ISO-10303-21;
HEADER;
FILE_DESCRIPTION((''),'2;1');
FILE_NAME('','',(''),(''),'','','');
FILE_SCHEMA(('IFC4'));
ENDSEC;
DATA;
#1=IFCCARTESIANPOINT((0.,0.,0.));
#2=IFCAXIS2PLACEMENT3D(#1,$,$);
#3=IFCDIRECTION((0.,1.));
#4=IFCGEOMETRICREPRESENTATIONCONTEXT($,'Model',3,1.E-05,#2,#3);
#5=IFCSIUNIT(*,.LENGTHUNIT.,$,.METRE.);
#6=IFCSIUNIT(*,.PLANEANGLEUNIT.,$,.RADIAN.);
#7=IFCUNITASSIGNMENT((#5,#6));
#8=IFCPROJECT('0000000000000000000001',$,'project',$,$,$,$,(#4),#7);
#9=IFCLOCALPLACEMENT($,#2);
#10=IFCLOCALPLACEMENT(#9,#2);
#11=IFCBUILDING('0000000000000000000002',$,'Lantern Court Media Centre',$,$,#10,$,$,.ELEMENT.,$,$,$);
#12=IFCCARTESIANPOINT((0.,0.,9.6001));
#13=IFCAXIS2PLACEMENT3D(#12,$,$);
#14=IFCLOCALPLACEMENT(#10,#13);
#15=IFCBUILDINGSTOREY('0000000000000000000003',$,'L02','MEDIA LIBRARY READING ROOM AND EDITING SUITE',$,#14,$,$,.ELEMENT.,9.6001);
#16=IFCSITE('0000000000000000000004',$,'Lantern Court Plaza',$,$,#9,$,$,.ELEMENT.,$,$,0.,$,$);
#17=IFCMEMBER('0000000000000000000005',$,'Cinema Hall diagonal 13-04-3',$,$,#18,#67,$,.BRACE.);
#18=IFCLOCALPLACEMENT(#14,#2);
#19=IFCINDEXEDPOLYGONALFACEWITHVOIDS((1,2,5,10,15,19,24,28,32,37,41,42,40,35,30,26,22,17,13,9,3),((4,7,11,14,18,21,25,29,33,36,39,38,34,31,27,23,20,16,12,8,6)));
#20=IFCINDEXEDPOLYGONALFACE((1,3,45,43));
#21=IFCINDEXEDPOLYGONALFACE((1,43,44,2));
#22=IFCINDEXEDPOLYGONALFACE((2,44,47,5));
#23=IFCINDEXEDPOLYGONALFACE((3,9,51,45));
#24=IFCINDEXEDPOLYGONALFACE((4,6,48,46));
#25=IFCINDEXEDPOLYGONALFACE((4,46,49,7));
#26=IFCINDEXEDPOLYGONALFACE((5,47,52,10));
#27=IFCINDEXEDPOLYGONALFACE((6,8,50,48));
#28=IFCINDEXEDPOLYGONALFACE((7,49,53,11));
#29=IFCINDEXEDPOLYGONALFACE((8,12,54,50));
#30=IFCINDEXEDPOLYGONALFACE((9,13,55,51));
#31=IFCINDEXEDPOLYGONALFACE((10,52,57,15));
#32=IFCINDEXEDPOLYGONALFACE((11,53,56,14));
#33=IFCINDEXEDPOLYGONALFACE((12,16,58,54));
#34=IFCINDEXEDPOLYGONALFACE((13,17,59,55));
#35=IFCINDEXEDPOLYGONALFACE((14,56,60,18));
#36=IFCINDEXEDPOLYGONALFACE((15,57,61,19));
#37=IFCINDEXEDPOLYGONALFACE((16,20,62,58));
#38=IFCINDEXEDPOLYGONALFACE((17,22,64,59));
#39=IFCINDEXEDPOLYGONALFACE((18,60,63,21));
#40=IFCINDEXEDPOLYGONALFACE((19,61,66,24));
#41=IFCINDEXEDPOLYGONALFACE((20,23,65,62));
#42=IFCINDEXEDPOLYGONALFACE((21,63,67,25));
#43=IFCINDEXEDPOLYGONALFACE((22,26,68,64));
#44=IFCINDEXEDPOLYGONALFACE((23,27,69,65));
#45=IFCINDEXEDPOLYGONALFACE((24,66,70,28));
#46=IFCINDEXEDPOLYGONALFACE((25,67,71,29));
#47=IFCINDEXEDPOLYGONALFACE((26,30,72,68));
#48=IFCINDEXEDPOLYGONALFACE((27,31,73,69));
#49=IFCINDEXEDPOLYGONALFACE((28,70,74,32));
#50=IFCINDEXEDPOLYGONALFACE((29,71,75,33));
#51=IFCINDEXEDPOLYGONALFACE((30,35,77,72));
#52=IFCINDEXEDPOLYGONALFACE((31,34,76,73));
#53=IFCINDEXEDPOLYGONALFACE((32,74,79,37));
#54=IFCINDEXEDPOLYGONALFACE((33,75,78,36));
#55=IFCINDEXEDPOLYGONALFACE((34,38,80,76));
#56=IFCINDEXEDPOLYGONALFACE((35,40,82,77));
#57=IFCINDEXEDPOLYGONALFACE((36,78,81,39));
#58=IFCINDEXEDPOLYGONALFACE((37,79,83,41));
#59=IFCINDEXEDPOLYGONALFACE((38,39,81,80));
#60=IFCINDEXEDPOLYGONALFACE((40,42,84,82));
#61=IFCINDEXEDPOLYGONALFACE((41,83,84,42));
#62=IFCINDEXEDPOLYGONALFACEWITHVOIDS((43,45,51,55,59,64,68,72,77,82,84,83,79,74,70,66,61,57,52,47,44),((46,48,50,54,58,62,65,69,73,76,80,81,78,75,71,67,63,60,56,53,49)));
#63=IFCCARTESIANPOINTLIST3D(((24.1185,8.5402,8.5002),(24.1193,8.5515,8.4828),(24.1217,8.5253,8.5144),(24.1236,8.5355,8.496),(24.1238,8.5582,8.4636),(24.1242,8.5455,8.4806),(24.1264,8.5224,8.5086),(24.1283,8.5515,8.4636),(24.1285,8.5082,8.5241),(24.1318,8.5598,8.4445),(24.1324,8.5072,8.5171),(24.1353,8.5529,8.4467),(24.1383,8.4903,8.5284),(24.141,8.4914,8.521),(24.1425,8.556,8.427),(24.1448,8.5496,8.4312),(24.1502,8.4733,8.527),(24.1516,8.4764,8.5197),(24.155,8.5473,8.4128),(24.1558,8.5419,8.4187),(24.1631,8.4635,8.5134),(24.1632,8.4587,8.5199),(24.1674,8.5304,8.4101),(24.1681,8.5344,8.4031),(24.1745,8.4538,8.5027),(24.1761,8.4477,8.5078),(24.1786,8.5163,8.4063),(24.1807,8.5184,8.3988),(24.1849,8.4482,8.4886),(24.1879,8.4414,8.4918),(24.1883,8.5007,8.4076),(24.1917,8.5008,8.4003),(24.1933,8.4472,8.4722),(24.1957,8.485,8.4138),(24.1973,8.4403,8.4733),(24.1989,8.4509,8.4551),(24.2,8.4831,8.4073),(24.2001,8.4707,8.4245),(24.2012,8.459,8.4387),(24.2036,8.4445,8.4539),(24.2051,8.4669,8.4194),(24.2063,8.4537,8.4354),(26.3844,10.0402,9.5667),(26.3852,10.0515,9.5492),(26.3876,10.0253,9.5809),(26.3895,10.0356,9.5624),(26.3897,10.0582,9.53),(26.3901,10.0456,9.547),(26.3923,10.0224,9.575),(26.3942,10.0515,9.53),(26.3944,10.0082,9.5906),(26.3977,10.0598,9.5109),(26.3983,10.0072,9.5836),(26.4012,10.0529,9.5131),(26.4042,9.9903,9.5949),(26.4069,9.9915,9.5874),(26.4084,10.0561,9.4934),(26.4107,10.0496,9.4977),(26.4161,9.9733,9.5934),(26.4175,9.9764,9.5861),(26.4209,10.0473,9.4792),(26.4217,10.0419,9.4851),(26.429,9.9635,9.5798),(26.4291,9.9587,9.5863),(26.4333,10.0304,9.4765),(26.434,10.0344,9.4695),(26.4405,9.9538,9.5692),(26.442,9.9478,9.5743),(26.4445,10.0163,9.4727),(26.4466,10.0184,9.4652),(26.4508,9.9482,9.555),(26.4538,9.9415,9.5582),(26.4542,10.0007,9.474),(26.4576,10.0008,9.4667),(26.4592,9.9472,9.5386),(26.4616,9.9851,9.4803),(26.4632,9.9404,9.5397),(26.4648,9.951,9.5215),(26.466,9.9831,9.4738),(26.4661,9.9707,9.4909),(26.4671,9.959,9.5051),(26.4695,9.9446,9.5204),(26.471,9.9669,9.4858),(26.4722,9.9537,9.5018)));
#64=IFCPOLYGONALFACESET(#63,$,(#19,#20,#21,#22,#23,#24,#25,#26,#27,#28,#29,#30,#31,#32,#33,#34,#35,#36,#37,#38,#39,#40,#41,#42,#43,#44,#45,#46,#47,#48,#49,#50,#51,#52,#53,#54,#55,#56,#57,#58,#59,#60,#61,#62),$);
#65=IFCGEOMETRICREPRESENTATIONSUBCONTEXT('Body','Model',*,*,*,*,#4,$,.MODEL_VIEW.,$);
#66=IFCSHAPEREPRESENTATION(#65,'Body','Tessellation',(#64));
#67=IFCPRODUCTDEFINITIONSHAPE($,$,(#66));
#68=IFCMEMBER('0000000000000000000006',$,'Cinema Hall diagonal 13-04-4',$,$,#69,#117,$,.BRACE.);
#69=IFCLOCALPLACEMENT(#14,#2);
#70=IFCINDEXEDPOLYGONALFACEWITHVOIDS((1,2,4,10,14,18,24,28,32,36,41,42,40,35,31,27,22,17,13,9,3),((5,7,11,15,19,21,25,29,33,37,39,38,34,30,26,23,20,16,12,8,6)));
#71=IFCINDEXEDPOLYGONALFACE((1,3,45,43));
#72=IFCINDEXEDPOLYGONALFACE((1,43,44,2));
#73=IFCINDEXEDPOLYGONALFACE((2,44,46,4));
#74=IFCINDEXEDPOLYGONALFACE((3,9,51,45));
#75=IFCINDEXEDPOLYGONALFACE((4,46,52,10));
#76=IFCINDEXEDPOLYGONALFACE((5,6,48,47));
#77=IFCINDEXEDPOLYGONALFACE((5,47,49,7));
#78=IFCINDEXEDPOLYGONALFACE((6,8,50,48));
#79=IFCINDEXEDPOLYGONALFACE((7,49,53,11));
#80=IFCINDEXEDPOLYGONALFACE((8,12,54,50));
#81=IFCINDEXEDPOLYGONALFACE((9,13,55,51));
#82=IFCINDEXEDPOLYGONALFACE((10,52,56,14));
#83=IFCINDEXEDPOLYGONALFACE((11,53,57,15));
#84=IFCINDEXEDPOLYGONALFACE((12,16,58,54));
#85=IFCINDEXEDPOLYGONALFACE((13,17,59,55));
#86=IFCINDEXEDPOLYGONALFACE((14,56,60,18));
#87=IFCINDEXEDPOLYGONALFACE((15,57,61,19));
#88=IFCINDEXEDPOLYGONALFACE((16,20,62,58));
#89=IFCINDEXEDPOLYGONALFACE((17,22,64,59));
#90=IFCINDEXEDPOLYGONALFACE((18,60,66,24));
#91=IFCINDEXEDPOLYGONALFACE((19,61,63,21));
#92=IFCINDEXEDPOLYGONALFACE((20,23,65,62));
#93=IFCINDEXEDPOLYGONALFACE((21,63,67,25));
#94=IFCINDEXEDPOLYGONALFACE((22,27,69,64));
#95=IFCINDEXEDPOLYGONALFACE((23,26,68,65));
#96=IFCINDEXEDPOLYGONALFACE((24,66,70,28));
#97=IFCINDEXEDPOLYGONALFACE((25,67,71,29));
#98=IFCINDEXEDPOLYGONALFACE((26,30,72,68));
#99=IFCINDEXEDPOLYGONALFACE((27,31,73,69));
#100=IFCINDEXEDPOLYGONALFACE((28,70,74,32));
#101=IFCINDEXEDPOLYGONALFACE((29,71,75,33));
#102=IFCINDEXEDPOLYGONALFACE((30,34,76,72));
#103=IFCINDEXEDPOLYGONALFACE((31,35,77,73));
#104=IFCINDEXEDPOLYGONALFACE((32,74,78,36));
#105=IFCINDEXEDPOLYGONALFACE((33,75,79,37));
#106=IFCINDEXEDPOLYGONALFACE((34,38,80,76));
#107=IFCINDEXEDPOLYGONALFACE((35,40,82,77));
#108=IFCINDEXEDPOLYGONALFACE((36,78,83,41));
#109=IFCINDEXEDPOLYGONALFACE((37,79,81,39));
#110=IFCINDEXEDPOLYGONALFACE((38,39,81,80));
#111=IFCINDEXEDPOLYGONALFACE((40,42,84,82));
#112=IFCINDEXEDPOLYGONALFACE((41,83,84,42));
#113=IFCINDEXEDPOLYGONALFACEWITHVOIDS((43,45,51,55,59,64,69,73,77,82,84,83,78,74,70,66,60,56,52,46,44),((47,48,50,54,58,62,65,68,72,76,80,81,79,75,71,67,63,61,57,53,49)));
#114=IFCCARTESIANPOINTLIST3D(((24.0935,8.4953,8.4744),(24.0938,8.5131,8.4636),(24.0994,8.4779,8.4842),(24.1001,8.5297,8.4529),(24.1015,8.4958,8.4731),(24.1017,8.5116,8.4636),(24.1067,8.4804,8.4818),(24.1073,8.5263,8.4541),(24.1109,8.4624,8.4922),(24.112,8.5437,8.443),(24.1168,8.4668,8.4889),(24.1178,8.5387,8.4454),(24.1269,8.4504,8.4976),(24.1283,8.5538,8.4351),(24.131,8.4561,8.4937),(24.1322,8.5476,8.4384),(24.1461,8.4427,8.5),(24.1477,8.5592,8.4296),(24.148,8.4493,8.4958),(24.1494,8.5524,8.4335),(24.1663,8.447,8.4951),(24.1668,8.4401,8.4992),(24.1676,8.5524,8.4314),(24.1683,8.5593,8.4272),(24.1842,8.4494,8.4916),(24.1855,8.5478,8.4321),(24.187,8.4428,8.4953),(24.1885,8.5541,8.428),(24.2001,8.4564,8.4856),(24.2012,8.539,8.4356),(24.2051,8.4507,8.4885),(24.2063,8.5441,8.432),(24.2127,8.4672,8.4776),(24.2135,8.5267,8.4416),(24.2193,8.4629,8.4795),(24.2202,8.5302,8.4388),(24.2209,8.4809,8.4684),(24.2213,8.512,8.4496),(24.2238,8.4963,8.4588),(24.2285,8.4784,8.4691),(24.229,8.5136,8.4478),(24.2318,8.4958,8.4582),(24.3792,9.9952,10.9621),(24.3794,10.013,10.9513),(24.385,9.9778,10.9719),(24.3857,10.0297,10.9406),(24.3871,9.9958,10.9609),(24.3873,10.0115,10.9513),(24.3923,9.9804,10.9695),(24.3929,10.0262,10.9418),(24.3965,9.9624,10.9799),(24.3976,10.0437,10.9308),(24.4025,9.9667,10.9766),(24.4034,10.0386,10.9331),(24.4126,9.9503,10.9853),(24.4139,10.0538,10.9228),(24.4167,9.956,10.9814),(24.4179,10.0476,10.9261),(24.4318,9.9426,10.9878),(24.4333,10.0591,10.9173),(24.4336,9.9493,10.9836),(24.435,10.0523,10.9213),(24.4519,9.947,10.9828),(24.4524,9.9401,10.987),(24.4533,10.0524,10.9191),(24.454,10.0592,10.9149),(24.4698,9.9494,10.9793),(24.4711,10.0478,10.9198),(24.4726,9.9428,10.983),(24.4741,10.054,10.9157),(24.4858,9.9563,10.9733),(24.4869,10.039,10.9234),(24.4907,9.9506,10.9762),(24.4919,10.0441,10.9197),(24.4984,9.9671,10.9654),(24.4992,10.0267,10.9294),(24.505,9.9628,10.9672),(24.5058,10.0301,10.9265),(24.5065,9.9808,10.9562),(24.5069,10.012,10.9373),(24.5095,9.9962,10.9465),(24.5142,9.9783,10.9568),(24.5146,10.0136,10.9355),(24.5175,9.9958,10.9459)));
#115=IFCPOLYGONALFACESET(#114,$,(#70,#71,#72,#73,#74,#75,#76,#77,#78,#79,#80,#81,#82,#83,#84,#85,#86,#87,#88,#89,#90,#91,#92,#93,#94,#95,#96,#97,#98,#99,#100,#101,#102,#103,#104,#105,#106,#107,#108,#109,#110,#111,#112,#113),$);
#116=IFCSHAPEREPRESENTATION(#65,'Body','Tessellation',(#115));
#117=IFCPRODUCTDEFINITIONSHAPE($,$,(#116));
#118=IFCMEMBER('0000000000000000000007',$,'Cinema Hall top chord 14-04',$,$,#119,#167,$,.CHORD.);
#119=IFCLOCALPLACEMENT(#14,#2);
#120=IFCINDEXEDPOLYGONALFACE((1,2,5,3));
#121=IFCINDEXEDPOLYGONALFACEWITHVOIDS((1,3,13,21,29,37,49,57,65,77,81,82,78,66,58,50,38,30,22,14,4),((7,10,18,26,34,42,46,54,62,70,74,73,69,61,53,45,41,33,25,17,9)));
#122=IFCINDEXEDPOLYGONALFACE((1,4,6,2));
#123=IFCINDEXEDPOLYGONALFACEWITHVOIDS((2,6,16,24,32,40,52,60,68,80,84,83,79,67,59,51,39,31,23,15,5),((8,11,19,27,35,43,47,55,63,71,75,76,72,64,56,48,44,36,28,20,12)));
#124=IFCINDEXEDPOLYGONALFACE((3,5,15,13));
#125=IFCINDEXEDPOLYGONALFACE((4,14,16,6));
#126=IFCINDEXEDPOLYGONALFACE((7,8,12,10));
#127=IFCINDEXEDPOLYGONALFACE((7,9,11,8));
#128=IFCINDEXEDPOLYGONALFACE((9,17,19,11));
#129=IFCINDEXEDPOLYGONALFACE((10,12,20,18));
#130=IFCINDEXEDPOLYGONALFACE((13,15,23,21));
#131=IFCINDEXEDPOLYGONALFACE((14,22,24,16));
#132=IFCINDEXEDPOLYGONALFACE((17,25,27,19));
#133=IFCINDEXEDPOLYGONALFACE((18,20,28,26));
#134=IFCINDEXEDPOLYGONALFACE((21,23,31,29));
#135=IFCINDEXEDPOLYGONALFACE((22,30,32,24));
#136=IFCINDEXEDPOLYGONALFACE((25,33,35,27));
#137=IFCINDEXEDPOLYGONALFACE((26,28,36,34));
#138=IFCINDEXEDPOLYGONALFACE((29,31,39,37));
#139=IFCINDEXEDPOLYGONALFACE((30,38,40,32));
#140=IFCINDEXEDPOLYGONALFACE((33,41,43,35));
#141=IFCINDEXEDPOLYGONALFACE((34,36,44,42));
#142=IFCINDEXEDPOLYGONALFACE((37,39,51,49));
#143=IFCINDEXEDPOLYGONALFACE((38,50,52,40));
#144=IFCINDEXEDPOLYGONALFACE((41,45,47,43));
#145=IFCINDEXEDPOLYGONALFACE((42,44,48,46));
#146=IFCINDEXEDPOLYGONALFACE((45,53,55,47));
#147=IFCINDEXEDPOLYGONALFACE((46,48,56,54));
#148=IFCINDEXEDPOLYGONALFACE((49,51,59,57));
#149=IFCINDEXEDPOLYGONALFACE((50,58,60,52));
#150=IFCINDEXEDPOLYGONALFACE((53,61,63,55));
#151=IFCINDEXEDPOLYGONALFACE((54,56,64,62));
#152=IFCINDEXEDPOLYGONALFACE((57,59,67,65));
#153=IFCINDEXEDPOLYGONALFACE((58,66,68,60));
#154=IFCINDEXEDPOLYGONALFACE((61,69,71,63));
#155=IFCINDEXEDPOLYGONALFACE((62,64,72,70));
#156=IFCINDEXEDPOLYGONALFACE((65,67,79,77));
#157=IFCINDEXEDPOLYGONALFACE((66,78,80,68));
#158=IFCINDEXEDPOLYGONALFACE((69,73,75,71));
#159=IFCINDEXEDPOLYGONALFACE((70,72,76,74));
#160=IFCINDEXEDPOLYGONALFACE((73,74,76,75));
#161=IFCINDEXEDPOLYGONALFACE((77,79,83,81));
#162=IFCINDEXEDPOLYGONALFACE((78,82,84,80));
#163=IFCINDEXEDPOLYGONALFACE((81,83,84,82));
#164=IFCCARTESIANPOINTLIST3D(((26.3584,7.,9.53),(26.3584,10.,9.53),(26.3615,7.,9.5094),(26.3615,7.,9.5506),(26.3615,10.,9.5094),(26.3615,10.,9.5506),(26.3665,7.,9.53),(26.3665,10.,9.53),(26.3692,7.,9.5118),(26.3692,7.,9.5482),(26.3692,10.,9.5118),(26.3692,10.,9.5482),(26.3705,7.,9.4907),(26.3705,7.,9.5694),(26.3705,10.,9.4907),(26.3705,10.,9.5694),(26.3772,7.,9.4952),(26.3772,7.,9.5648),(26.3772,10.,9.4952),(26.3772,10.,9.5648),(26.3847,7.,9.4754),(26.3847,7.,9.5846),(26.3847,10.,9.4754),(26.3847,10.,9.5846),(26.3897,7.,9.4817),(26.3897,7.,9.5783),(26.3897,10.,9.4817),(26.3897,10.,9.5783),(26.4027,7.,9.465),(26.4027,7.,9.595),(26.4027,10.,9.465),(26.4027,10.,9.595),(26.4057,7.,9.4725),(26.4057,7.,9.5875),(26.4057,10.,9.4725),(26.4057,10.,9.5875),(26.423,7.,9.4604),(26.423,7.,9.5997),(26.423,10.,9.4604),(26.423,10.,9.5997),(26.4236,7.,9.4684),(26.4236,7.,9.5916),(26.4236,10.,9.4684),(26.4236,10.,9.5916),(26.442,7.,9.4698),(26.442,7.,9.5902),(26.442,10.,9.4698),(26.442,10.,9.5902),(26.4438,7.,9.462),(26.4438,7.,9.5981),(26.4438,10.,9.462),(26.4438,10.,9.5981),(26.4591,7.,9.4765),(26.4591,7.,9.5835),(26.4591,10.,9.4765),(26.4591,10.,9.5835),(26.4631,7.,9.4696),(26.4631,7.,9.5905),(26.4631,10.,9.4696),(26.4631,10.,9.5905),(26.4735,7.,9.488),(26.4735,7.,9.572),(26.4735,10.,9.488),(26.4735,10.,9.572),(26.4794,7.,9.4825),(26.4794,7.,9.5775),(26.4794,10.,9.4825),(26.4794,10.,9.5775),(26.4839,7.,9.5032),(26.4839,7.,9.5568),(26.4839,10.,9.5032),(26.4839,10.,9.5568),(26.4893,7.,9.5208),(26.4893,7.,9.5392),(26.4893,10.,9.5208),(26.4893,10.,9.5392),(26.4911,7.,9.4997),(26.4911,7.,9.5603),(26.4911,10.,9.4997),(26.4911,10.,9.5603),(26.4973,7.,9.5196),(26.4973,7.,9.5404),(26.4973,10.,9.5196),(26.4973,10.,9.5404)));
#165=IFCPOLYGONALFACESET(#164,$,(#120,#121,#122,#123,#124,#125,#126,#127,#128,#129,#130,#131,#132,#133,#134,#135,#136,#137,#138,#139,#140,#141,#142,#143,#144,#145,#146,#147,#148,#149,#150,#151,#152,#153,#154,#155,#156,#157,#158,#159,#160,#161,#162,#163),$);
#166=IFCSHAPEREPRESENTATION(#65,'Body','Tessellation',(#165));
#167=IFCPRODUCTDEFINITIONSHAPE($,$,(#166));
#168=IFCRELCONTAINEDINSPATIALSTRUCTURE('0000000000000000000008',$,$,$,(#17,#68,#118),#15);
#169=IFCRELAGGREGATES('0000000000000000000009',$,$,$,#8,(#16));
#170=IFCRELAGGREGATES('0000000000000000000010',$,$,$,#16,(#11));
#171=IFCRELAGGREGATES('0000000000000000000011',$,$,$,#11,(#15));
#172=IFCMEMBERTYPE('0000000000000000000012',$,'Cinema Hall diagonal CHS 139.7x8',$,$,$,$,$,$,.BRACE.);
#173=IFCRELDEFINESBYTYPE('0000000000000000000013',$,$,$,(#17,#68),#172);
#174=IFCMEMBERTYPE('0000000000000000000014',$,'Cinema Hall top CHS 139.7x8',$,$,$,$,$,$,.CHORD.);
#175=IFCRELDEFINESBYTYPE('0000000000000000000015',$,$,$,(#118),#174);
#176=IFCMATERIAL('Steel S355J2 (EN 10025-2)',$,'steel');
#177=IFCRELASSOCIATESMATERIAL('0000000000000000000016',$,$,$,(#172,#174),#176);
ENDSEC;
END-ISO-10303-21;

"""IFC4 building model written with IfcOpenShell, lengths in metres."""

from ifc_helpers import new_model, si_unit, direction, frame, origin, origin_2d, place, context, subcontext, project, spatial, hollow_circle, extrude, material, material_profile, profile_set, type_object, element, save


model = new_model("IFC4")

# Units and contexts
model_context = context("Model", 3, precision=1e-05, world=origin(), true_north=direction((0.0, 1.0)))
body_context = subcontext(model_context, "Body", "Model", "MODEL_VIEW")
ifc_project = project(units=[si_unit("LENGTHUNIT", "METRE"), si_unit("PLANEANGLEUNIT", "RADIAN")], contexts=[model_context])

# Site, building, storey
site_placement = place(None, origin())
site = spatial("IfcSite", under=ifc_project, at=site_placement, Name="Lantern Court Plaza", CompositionType="ELEMENT", RefElevation=0.0)
building_placement = place(site_placement, origin())
building = spatial("IfcBuilding", under=site, at=building_placement, Name="Lantern Court Media Centre", CompositionType="ELEMENT")
storey_placement = place(building_placement, frame((0.0, 0.0, 9.6001)))
storey = spatial("IfcBuildingStorey", under=building, at=storey_placement, Name="L02", Description="MEDIA LIBRARY READING ROOM AND EDITING SUITE", CompositionType="ELEMENT", Elevation=9.6001)

# Members
ifc_material = material(Name="Steel S355J2 (EN 10025-2)", Category="steel")
ifc_material_profile_1 = material_profile(ifc_material, hollow_circle(Radius=0.0698, WallThickness=0.0081, at=origin_2d()), Name="Cinema Hall diagonal CHS 139.7x8")
ifc_profile_set_1 = profile_set([ifc_material_profile_1], Name="Steel S355J2 (EN 10025-2)")
member_type_1 = type_object("IfcMemberType", Name="Cinema Hall diagonal CHS 139.7x8", PredefinedType="BRACE", material=ifc_profile_set_1)
for number, where, z_axis, x_axis, name in (
    (1, (24.1624, 8.5, 8.4636), (0.776211, 0.51385, 0.365315), (-0.552002, 0.833843, 0.0), "Cinema Hall diagonal 13-04-3"),
):
    element("IfcMember", number, at=place(storey_placement, frame(where, z_axis=z_axis, x_axis=x_axis)), inside=storey, type_object=member_type_1, Name=name, PredefinedType="BRACE", context=body_context, shape_type="SweptSolid", body=[
        extrude(hollow_circle(Radius=0.0698, WallThickness=0.0081, at=origin_2d()), origin(), (0.0, 0.0, 1.0), 2.9192),
    ])
member_1_placement = place(storey_placement, frame((24.1624, 8.5, 8.4636), z_axis=(0.097856, 0.51387, 0.852268), x_axis=(-0.982347, 0.187068, 0.0)))
element("IfcMember", 2, at=member_1_placement, inside=storey, type_object=member_type_1, Name="Cinema Hall diagonal 13-04-4", PredefinedType="BRACE", context=body_context, shape_type="SweptSolid", body=[
    extrude(hollow_circle(Radius=0.0698, WallThickness=0.0081, at=origin_2d()), origin(), (0.0, 0.0, 1.0), 2.9189),
])
ifc_material_profile_2 = material_profile(ifc_material, hollow_circle(Radius=0.0698, WallThickness=0.0081, at=origin_2d()), Name="Cinema Hall top CHS 139.7x8")
ifc_profile_set_2 = profile_set([ifc_material_profile_2], Name="Steel S355J2 (EN 10025-2)")
member_type_2 = type_object("IfcMemberType", Name="Cinema Hall top CHS 139.7x8", PredefinedType="CHORD", material=ifc_profile_set_2)
member_2_placement = place(storey_placement, frame((26.4282, 7.0, 9.53), z_axis=(0.0, 1.0, 0.0), x_axis=(-1.0, 0.0, 0.0)))
element("IfcMember", 3, at=member_2_placement, inside=storey, type_object=member_type_2, Name="Cinema Hall top chord 14-04", PredefinedType="CHORD", context=body_context, shape_type="SweptSolid", body=[
    extrude(hollow_circle(Radius=0.0698, WallThickness=0.0081, at=origin_2d()), origin(), (0.0, 0.0, 1.0), 3.0),
])

save(model, "model.ifc")
